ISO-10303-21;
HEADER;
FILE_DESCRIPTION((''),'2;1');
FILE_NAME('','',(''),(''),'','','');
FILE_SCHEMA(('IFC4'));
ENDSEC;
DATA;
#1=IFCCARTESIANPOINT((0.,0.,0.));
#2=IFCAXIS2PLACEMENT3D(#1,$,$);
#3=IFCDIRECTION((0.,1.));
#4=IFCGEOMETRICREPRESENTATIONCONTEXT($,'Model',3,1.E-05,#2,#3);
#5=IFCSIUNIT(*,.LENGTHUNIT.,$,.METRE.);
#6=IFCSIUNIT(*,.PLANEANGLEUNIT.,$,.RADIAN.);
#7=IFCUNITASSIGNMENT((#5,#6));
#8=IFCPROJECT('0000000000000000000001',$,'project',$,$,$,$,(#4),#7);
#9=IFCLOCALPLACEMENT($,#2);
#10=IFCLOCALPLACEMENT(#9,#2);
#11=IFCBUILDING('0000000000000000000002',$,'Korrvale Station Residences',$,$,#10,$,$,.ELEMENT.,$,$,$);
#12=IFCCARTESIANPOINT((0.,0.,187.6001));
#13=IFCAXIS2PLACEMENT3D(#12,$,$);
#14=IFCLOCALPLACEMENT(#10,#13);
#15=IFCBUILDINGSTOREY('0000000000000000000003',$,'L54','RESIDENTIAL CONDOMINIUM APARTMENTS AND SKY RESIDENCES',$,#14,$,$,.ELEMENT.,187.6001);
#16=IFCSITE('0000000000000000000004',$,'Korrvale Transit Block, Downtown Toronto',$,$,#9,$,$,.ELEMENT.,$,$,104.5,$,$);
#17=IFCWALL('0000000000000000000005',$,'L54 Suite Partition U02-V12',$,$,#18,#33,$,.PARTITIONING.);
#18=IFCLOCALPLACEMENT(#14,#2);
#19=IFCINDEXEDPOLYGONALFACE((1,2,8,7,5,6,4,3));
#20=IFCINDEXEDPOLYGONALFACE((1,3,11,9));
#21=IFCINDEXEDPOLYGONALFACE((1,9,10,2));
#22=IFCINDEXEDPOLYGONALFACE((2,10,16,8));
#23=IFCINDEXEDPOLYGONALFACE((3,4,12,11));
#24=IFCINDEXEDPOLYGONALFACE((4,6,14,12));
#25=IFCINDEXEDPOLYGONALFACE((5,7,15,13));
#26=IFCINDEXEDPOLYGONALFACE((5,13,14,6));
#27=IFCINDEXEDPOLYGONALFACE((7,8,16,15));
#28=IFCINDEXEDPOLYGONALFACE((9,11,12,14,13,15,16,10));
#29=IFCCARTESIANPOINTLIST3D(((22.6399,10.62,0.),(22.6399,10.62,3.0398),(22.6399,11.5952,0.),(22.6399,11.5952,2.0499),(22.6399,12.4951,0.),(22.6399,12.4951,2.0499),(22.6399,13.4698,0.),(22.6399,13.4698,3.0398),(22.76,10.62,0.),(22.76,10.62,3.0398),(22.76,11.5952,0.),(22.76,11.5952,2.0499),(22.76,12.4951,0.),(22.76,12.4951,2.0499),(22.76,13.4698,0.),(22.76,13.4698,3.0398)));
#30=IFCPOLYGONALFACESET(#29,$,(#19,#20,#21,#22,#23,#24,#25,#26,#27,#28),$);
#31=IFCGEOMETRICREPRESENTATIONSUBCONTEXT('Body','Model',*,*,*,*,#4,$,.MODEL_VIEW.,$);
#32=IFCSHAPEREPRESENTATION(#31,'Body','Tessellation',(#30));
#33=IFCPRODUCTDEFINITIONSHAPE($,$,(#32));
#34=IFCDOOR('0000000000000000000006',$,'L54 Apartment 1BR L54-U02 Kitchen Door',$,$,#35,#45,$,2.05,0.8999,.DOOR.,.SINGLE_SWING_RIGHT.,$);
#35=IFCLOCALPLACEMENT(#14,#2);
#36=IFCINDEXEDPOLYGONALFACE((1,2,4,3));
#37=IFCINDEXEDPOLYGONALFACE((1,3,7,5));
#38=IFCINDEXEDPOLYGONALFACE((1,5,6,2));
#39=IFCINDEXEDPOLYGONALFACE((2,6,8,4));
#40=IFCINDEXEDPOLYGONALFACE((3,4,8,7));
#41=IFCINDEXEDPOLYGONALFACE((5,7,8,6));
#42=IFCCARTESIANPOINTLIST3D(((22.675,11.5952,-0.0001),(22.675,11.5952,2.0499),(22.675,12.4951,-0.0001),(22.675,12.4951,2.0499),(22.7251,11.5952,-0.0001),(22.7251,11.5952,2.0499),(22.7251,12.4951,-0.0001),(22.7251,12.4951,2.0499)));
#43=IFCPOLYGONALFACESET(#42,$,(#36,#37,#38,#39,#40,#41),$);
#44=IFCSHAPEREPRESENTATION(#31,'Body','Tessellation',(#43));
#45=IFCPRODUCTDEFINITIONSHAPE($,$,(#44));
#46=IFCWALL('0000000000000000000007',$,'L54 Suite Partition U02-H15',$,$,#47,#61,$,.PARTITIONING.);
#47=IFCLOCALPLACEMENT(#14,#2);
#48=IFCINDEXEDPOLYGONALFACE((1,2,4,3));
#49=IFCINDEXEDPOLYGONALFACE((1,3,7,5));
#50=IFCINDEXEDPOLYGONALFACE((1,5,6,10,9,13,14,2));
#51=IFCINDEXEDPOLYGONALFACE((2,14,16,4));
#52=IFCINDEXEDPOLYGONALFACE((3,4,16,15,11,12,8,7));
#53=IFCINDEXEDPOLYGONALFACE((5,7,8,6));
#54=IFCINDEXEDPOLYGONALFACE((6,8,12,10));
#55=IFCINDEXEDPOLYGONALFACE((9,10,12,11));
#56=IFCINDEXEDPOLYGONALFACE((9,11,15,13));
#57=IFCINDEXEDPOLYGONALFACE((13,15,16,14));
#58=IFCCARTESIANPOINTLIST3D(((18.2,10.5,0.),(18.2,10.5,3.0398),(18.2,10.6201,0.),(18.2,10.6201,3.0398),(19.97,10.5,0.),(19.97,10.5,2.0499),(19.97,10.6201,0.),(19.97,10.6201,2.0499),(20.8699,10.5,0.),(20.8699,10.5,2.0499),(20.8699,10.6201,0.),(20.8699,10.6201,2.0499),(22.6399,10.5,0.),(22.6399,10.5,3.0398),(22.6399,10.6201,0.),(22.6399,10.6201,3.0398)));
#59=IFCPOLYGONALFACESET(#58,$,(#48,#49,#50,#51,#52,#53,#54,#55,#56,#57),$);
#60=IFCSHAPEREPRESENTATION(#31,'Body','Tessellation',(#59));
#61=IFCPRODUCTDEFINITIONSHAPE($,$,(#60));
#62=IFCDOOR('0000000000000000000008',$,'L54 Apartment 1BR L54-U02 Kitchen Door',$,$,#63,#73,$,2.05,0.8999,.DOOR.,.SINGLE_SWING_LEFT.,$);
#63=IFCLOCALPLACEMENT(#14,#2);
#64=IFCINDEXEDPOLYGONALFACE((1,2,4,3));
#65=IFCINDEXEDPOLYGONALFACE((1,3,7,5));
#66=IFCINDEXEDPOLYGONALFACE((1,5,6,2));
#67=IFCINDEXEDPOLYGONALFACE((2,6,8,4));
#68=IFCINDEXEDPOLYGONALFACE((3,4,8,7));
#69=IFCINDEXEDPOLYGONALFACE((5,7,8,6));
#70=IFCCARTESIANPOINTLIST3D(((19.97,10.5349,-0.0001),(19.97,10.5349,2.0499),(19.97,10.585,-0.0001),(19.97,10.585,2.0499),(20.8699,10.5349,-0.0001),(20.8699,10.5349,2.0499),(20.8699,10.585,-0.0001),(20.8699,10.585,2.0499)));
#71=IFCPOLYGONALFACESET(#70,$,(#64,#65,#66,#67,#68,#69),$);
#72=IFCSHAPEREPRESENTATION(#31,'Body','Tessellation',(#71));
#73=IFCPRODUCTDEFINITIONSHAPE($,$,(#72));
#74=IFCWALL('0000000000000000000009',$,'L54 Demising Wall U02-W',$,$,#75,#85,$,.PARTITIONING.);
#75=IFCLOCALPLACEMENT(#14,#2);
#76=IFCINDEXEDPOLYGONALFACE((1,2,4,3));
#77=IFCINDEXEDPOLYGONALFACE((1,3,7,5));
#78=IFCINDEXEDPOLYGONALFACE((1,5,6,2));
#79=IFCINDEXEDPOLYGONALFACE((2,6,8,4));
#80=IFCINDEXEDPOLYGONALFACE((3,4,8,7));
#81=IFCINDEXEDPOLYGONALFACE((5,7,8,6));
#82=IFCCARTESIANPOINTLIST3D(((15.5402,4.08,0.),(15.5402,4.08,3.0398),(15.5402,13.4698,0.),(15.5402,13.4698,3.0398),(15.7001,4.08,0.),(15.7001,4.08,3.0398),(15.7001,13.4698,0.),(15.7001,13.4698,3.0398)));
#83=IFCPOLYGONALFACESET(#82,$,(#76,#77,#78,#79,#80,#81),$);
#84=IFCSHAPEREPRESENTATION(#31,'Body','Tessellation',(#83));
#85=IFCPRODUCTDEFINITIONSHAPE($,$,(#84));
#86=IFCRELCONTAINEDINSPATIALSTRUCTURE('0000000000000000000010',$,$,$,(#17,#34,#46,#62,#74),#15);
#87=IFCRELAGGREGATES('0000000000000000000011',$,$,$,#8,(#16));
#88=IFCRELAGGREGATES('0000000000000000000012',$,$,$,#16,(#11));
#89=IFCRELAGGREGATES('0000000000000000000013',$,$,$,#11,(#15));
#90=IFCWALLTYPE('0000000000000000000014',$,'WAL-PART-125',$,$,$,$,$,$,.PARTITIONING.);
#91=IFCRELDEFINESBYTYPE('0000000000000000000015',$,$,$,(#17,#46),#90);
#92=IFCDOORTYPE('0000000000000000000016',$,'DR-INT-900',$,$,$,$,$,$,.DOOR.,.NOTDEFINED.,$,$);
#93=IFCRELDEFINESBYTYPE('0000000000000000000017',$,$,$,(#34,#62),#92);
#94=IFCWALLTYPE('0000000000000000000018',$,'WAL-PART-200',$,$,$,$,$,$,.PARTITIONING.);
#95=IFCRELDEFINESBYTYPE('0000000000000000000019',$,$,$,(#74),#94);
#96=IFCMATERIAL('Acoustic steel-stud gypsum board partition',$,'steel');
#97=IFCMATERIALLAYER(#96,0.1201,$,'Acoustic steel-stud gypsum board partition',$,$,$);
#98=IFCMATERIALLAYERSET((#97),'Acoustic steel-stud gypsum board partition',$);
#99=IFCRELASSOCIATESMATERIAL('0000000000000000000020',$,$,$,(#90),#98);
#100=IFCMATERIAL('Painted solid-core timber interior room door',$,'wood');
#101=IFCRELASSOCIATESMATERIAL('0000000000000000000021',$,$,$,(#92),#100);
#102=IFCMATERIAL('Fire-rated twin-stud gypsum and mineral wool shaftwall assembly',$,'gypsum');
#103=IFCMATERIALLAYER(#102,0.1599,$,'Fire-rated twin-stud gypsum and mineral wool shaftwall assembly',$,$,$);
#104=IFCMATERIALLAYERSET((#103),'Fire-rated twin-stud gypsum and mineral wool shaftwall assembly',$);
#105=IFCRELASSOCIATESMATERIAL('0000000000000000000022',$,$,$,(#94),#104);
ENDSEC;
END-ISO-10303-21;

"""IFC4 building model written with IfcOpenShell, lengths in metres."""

from ifc_helpers import new_model, si_unit, direction, frame, frame_2d, origin, place, context, subcontext, project, spatial, rectangle, extrude, material, layer, layer_set, type_object, element, fill, save


model = new_model("IFC4")

# Units and contexts
model_context = context("Model", 3, precision=1e-05, world=origin(), true_north=direction((0.0, 1.0)))
body_context = subcontext(model_context, "Body", "Model", "MODEL_VIEW")
ifc_project = project(units=[si_unit("LENGTHUNIT", "METRE"), si_unit("PLANEANGLEUNIT", "RADIAN")], contexts=[model_context])

# Site, building, storey
site_placement = place(None, origin())
site = spatial("IfcSite", under=ifc_project, at=site_placement, Name="Korrvale Transit Block, Downtown Toronto", CompositionType="ELEMENT", RefElevation=104.5)
building_placement = place(site_placement, origin())
building = spatial("IfcBuilding", under=site, at=building_placement, Name="Korrvale Station Residences", CompositionType="ELEMENT")
storey_placement = place(building_placement, frame((0.0, 0.0, 187.6001)))
storey = spatial("IfcBuildingStorey", under=building, at=storey_placement, Name="L54", Description="RESIDENTIAL CONDOMINIUM APARTMENTS AND SKY RESIDENCES", CompositionType="ELEMENT", Elevation=187.6001)

# Shared definitions
ifc_material_1 = material(Name="Acoustic steel-stud gypsum board partition", Category="steel")
ifc_layer_1 = layer(ifc_material_1, 0.1201, Name="Acoustic steel-stud gypsum board partition")
ifc_layer_set_1 = layer_set([ifc_layer_1], Name="Acoustic steel-stud gypsum board partition")
wall_type_1 = type_object("IfcWallType", Name="WAL-PART-125", PredefinedType="PARTITIONING", material=ifc_layer_set_1)

# Walls, openings, doors
wall_1_placement = place(storey_placement, frame((22.7, 10.6201, 0.0), z_axis=(0.0, 0.0, 1.0), x_axis=(0.0, 1.0, 0.0)))
wall_1 = element("IfcWall", 1, at=wall_1_placement, inside=storey, type_object=wall_type_1, Name="L54 Suite Partition U02-V12", PredefinedType="PARTITIONING", context=body_context, shape_type="SweptSolid", body=[
    extrude(rectangle(XDim=2.8499, YDim=0.1201, at=frame_2d((1.4248, 0.0))), origin(), (0.0, 0.0, 1.0), 3.0398),
])
opening_1_placement = place(wall_1_placement, frame((0.9751, 0.0, 0.0)))
opening_1 = element("IfcOpeningElement", 2, at=opening_1_placement, cuts=wall_1, PredefinedType="OPENING", context=body_context, shape_type="SweptSolid", body=[
    extrude(rectangle(XDim=0.8999, YDim=2.05, at=frame_2d((0.45, 1.0249))), frame((0.0, 0.0701, 0.0), z_axis=(0.0, -1.0, 0.0), x_axis=(1.0, 0.0, 0.0)), (0.0, 0.0, 1.0), 0.1401),
])
ifc_material_2 = material(Name="Painted solid-core timber interior room door", Category="wood")
door_type_1 = type_object("IfcDoorType", Name="DR-INT-900", OperationType="NOTDEFINED", PredefinedType="DOOR", material=ifc_material_2)
door_1_placement = place(opening_1_placement, origin())
door_1 = element("IfcDoor", 3, at=door_1_placement, inside=storey, type_object=door_type_1, Name="L54 Apartment 1BR L54-U02 Kitchen Door", OperationType="SINGLE_SWING_RIGHT", OverallHeight=2.05, OverallWidth=0.8999, PredefinedType="DOOR", context=body_context, shape_type="SweptSolid", body=[
    extrude(rectangle(XDim=0.8999, YDim=2.05, at=frame_2d((0.45, 1.0249))), frame((0.0, 0.0249, 0.0), z_axis=(0.0, -1.0, 0.0), x_axis=(1.0, 0.0, 0.0)), (0.0, 0.0, 1.0), 0.05),
])
fill(opening_1, door_1)
wall_2_placement = place(storey_placement, frame((18.2, 10.5601, 0.0), z_axis=(0.0, 0.0, 1.0), x_axis=(1.0, 0.0, 0.0)))
wall_2 = element("IfcWall", 4, at=wall_2_placement, inside=storey, type_object=wall_type_1, Name="L54 Suite Partition U02-H15", PredefinedType="PARTITIONING", context=body_context, shape_type="SweptSolid", body=[
    extrude(rectangle(XDim=4.4399, YDim=0.1201, at=frame_2d((2.22, 0.0))), origin(), (0.0, 0.0, 1.0), 3.0398),
])
opening_2_placement = place(wall_2_placement, frame((1.77, 0.0, 0.0)))
opening_2 = element("IfcOpeningElement", 5, at=opening_2_placement, cuts=wall_2, PredefinedType="OPENING", context=body_context, shape_type="SweptSolid", body=[
    extrude(rectangle(XDim=0.8999, YDim=2.05, at=frame_2d((0.45, 1.0249))), frame((0.0, 0.0701, 0.0), z_axis=(0.0, -1.0, 0.0), x_axis=(1.0, 0.0, 0.0)), (0.0, 0.0, 1.0), 0.1401),
])
door_2_placement = place(opening_2_placement, origin())
door_2 = element("IfcDoor", 6, at=door_2_placement, inside=storey, type_object=door_type_1, Name="L54 Apartment 1BR L54-U02 Kitchen Door", OperationType="SINGLE_SWING_LEFT", OverallHeight=2.05, OverallWidth=0.8999, PredefinedType="DOOR", context=body_context, shape_type="SweptSolid", body=[
    extrude(rectangle(XDim=0.8999, YDim=2.05, at=frame_2d((0.45, 1.0249))), frame((0.0, 0.0249, 0.0), z_axis=(0.0, -1.0, 0.0), x_axis=(1.0, 0.0, 0.0)), (0.0, 0.0, 1.0), 0.05),
])
fill(opening_2, door_2)

# Wall
ifc_material_3 = material(Name="Fire-rated twin-stud gypsum and mineral wool shaftwall assembly", Category="gypsum")
ifc_layer_2 = layer(ifc_material_3, 0.1599, Name="Fire-rated twin-stud gypsum and mineral wool shaftwall assembly")
ifc_layer_set_2 = layer_set([ifc_layer_2], Name="Fire-rated twin-stud gypsum and mineral wool shaftwall assembly")
wall_type_2 = type_object("IfcWallType", Name="WAL-PART-200", PredefinedType="PARTITIONING", material=ifc_layer_set_2)
wall_3_placement = place(storey_placement, frame((15.6201, 4.0801, 0.0), z_axis=(0.0, 0.0, 1.0), x_axis=(0.0, 1.0, 0.0)))
element("IfcWall", 7, at=wall_3_placement, inside=storey, type_object=wall_type_2, Name="L54 Demising Wall U02-W", PredefinedType="PARTITIONING", context=body_context, shape_type="SweptSolid", body=[
    extrude(rectangle(XDim=9.3899, YDim=0.1599, at=frame_2d((4.6948, 0.0))), origin(), (0.0, 0.0, 1.0), 3.0398),
])

save(model, "model.ifc")
